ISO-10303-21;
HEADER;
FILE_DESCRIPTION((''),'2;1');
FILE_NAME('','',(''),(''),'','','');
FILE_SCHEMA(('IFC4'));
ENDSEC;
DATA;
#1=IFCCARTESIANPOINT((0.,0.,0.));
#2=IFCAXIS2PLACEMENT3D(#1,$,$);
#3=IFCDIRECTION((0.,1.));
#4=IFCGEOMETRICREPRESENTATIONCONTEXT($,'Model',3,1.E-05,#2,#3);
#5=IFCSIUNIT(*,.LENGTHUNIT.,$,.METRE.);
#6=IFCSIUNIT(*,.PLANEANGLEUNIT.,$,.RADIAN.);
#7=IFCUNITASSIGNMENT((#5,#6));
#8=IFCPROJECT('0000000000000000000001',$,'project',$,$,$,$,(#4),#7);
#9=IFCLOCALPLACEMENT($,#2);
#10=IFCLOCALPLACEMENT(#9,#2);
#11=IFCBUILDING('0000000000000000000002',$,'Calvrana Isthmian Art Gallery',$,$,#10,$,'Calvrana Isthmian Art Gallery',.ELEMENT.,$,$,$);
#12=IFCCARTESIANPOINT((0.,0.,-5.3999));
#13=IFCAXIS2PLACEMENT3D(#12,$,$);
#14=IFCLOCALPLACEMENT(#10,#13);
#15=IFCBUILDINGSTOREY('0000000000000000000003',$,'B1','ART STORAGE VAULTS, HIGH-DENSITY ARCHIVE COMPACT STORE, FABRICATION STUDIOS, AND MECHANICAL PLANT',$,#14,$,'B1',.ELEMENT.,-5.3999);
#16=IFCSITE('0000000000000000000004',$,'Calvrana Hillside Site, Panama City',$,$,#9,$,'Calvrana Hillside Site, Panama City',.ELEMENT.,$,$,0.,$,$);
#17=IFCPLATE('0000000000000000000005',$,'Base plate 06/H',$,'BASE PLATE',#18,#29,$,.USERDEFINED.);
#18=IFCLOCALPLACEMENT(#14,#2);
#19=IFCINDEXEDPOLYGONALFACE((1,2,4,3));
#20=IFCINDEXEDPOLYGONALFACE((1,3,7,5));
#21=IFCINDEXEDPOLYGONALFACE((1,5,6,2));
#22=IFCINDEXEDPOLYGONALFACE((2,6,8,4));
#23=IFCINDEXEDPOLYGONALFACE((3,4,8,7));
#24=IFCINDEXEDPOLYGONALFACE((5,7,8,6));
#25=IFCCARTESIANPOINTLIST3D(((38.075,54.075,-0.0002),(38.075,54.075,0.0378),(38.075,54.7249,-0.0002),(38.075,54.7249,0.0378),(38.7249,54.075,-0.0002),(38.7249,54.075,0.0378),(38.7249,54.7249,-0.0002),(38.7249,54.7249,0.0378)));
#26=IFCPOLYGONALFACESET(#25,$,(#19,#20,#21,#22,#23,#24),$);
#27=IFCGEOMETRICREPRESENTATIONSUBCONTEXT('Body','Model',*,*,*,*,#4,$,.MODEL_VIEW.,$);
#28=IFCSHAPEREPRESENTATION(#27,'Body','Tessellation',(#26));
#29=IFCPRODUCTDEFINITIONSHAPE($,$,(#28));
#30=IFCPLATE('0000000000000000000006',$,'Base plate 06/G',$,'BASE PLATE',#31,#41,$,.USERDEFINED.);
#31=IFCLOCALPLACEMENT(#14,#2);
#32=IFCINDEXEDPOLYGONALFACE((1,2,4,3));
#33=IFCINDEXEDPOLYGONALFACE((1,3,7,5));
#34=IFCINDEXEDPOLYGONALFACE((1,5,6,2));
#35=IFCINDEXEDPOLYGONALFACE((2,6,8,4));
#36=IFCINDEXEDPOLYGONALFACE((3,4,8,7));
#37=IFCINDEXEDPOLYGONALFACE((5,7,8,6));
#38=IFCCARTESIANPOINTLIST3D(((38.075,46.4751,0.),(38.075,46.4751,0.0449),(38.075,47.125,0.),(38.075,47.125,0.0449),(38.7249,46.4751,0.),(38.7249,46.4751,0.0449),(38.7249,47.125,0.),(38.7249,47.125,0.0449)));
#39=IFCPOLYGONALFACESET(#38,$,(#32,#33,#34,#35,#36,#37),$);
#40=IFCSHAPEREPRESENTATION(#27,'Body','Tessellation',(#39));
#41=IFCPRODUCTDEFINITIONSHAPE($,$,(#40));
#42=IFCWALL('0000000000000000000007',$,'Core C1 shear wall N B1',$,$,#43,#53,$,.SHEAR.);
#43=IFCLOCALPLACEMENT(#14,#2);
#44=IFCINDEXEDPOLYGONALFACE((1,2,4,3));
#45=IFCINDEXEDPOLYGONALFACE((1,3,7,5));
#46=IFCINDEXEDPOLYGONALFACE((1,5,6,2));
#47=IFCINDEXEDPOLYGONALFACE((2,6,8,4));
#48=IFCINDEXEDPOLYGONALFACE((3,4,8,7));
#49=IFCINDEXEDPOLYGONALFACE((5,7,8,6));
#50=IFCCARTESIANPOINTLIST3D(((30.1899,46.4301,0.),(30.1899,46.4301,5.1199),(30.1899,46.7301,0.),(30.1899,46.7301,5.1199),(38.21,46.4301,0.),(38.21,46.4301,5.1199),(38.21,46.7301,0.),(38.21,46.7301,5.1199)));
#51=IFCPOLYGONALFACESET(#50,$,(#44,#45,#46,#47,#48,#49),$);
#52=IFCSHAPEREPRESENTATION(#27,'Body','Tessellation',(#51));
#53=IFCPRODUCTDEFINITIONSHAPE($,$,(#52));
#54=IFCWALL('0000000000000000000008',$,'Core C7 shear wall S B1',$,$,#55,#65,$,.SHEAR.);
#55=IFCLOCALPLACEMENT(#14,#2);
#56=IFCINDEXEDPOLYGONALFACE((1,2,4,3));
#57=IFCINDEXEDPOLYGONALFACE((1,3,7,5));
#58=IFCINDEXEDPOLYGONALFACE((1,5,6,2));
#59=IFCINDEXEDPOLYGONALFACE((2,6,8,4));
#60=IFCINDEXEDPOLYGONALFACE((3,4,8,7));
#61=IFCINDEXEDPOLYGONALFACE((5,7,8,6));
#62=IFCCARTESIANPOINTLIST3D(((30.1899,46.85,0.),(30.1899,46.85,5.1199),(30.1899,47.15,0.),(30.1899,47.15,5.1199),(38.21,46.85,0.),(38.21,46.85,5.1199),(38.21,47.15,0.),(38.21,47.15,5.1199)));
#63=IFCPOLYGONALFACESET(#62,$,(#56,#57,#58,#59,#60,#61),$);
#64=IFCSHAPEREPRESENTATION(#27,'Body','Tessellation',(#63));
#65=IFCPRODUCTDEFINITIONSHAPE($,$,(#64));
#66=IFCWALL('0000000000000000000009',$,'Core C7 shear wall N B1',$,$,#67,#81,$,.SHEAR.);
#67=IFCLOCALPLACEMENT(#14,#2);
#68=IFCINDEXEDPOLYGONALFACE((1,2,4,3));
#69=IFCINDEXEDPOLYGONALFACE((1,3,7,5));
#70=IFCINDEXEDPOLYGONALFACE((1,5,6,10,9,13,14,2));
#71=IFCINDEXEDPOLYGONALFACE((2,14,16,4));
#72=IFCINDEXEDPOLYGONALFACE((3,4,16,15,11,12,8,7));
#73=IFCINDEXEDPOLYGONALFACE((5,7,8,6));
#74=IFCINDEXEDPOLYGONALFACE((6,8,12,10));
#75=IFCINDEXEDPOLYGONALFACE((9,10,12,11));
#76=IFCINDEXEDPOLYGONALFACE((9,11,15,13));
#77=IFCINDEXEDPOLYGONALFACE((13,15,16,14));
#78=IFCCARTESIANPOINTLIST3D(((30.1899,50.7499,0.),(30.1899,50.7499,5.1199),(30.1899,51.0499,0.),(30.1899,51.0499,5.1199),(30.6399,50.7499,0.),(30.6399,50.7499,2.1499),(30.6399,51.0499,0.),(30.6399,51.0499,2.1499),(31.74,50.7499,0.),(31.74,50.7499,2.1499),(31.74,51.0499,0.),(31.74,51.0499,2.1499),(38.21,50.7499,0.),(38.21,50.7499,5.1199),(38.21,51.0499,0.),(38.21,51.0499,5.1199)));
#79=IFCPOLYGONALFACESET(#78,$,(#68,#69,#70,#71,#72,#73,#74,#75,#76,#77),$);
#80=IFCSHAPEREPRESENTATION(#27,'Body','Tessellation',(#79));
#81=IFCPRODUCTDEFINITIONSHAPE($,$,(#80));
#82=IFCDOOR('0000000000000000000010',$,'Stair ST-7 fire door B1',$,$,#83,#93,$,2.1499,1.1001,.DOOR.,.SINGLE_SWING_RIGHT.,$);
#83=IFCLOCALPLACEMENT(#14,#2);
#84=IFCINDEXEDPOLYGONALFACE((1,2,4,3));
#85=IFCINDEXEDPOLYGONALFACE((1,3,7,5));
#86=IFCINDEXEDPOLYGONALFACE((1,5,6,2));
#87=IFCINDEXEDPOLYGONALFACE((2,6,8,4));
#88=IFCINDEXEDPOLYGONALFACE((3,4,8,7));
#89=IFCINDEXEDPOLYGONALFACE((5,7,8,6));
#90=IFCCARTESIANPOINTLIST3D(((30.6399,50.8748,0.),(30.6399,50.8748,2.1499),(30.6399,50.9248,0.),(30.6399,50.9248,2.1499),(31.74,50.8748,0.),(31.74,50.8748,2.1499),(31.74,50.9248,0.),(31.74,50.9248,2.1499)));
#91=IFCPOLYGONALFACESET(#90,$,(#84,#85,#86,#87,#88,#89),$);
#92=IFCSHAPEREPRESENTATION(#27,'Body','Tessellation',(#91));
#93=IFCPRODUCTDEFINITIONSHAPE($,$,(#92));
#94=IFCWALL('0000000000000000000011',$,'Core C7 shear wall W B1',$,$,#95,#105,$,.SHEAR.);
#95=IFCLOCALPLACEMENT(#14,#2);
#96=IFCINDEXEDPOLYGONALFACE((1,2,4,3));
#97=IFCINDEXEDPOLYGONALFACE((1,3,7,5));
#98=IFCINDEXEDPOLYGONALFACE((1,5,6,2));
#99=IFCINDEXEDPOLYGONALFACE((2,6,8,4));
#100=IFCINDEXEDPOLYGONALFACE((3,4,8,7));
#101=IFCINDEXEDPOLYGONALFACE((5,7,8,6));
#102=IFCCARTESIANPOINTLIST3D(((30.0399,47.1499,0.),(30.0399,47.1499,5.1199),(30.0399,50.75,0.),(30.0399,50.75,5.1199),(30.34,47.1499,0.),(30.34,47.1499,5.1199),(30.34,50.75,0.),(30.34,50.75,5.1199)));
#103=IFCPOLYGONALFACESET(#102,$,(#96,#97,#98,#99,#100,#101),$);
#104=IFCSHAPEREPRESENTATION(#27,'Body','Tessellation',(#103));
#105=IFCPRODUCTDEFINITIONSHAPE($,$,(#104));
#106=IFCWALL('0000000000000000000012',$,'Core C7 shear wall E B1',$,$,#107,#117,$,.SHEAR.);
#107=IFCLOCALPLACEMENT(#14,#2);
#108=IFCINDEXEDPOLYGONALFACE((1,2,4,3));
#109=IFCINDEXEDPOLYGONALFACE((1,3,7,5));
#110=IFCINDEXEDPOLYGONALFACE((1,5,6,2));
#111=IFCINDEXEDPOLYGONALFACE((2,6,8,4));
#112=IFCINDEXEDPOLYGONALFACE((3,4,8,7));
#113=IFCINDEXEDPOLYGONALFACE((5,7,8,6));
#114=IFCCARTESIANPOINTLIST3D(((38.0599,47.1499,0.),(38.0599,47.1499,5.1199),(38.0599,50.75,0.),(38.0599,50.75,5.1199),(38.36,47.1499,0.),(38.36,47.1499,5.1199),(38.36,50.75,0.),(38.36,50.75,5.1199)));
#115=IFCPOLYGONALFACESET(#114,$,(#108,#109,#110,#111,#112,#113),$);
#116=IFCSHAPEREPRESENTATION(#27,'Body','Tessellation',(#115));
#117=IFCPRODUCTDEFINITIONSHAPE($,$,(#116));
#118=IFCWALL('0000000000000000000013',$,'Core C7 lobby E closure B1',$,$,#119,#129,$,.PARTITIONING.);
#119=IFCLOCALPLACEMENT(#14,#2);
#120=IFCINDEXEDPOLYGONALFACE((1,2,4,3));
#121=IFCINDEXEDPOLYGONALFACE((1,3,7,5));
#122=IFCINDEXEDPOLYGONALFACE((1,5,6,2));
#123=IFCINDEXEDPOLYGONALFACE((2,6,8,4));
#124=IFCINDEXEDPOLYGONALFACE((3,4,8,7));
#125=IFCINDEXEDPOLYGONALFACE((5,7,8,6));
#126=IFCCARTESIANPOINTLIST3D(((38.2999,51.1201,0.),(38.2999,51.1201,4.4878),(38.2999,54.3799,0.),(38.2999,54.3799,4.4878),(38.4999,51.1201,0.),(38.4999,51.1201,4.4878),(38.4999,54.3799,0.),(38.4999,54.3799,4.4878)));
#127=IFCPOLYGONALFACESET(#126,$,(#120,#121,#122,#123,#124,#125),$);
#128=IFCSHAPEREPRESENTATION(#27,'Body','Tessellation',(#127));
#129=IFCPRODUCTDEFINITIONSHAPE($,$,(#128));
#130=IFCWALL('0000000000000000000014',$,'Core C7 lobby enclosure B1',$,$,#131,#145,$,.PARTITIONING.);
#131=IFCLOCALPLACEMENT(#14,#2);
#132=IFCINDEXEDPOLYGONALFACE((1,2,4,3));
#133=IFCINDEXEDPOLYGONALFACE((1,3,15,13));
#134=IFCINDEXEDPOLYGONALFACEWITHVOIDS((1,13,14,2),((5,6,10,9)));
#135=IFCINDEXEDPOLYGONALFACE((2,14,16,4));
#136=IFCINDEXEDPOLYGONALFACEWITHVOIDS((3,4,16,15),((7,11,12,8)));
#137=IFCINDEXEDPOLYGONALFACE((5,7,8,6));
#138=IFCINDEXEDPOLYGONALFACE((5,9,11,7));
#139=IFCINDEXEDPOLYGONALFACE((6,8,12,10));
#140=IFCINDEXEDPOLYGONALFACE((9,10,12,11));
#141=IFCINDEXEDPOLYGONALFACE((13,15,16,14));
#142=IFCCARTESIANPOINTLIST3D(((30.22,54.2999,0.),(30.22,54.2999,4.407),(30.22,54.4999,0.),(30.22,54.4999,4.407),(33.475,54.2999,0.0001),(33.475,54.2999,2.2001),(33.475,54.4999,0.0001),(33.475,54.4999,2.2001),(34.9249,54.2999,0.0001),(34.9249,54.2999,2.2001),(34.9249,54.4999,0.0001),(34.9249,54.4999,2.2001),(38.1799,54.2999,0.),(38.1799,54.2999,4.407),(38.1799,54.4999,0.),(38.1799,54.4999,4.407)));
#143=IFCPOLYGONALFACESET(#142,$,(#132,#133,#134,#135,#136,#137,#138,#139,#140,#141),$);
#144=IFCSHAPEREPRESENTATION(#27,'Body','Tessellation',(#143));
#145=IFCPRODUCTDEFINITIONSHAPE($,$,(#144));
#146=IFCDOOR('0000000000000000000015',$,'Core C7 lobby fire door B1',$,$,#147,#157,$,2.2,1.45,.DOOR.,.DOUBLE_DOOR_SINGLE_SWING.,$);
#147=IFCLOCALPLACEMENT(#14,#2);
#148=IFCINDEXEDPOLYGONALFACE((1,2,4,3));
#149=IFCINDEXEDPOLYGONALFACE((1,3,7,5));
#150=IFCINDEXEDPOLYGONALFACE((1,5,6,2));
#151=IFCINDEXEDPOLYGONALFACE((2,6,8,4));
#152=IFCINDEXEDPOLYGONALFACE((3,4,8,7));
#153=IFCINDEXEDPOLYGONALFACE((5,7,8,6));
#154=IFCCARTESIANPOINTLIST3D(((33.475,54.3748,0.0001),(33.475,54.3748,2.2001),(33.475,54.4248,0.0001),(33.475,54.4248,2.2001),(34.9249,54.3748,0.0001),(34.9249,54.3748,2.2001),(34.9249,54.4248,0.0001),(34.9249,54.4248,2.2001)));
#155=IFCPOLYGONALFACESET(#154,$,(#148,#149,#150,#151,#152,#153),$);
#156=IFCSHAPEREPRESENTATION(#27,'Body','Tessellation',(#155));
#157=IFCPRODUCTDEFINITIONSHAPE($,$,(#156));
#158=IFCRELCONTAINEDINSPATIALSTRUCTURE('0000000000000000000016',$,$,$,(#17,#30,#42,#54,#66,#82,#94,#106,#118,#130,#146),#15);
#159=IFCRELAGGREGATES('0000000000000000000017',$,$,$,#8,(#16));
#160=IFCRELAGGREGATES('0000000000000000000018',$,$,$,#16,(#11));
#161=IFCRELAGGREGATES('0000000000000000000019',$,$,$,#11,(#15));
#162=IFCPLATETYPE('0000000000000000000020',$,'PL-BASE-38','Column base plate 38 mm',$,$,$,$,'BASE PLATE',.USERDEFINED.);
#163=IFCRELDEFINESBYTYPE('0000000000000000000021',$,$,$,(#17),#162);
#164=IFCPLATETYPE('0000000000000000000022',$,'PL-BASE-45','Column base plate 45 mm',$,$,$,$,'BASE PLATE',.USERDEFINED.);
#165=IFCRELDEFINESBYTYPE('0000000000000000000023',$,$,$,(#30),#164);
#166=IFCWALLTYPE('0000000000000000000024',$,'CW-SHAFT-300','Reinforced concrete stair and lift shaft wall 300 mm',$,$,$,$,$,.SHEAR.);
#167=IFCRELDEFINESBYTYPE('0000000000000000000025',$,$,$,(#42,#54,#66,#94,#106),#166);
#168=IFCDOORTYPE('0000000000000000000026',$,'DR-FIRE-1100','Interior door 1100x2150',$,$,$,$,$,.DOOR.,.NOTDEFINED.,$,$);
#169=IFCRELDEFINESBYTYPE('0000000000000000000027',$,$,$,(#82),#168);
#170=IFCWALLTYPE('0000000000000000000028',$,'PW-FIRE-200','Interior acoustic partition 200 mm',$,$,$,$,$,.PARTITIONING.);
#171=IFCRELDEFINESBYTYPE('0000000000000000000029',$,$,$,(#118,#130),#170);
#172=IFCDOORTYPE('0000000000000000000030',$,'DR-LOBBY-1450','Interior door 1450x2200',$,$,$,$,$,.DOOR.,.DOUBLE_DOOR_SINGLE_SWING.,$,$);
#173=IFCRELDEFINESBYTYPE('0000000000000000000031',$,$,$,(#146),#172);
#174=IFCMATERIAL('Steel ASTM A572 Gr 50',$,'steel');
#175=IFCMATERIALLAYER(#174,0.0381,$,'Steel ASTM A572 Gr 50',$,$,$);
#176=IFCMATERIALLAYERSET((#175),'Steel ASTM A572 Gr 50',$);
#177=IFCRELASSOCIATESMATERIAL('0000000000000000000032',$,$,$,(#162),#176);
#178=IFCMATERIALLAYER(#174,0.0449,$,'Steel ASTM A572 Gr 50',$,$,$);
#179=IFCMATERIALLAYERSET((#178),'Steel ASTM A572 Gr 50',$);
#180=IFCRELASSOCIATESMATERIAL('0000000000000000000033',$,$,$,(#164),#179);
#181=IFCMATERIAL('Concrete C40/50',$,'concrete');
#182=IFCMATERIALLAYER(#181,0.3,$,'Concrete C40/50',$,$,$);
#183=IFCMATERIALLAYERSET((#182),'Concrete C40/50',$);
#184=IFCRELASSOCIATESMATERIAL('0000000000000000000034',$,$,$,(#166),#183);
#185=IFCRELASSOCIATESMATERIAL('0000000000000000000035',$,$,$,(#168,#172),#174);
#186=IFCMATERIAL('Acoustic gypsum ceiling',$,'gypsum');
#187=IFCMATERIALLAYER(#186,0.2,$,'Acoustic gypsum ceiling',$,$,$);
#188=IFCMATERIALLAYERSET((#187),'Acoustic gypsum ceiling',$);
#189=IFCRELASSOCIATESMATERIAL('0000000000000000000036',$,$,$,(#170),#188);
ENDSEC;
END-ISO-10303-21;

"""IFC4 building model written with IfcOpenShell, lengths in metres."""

from ifc_helpers import new_model, si_unit, direction, frame, frame_2d, origin, origin_2d, place, context, subcontext, project, spatial, rectangle, extrude, material, layer, layer_set, type_object, element, fill, save


model = new_model("IFC4")

# Units and contexts
model_context = context("Model", 3, precision=1e-05, world=origin(), true_north=direction((0.0, 1.0)))
body_context = subcontext(model_context, "Body", "Model", "MODEL_VIEW")
ifc_project = project(units=[si_unit("LENGTHUNIT", "METRE"), si_unit("PLANEANGLEUNIT", "RADIAN")], contexts=[model_context])

# Site, building, storey
site_placement = place(None, origin())
site = spatial("IfcSite", under=ifc_project, at=site_placement, Name="Calvrana Hillside Site, Panama City", LongName="Calvrana Hillside Site, Panama City", CompositionType="ELEMENT", RefElevation=0.0)
building_placement = place(site_placement, origin())
building = spatial("IfcBuilding", under=site, at=building_placement, Name="Calvrana Isthmian Art Gallery", LongName="Calvrana Isthmian Art Gallery", CompositionType="ELEMENT")
storey_placement = place(building_placement, frame((0.0, 0.0, -5.3999)))
storey = spatial("IfcBuildingStorey", under=building, at=storey_placement, Name="B1", Description="ART STORAGE VAULTS, HIGH-DENSITY ARCHIVE COMPACT STORE, FABRICATION STUDIOS, AND MECHANICAL PLANT", LongName="B1", CompositionType="ELEMENT", Elevation=-5.3999)

# Plates
ifc_material_1 = material(Name="Steel ASTM A572 Gr 50", Category="steel")
ifc_layer_1 = layer(ifc_material_1, 0.0381, Name="Steel ASTM A572 Gr 50")
ifc_layer_set_1 = layer_set([ifc_layer_1], Name="Steel ASTM A572 Gr 50")
plate_type_1 = type_object("IfcPlateType", Name="PL-BASE-38", Description="Column base plate 38 mm", ElementType="BASE PLATE", PredefinedType="USERDEFINED", material=ifc_layer_set_1)
plate_1_placement = place(storey_placement, frame((38.3999, 54.3999, -0.0002), z_axis=(0.0, 0.0, 1.0), x_axis=(1.0, 0.0, 0.0)))
element("IfcPlate", 1, at=plate_1_placement, inside=storey, type_object=plate_type_1, Name="Base plate 06/H", ObjectType="BASE PLATE", PredefinedType="USERDEFINED", context=body_context, shape_type="SweptSolid", body=[
    extrude(rectangle(XDim=0.6499, YDim=0.6499, at=origin_2d()), origin(), (0.0, 0.0, 1.0), 0.0381),
])
ifc_layer_2 = layer(ifc_material_1, 0.0449, Name="Steel ASTM A572 Gr 50")
ifc_layer_set_2 = layer_set([ifc_layer_2], Name="Steel ASTM A572 Gr 50")
plate_type_2 = type_object("IfcPlateType", Name="PL-BASE-45", Description="Column base plate 45 mm", ElementType="BASE PLATE", PredefinedType="USERDEFINED", material=ifc_layer_set_2)
plate_2_placement = place(storey_placement, frame((38.3999, 46.8, 0.0), z_axis=(0.0, 0.0, 1.0), x_axis=(1.0, 0.0, 0.0)))
element("IfcPlate", 2, at=plate_2_placement, inside=storey, type_object=plate_type_2, Name="Base plate 06/G", ObjectType="BASE PLATE", PredefinedType="USERDEFINED", context=body_context, shape_type="SweptSolid", body=[
    extrude(rectangle(XDim=0.6499, YDim=0.6499, at=origin_2d()), origin(), (0.0, 0.0, 1.0), 0.0449),
])

# Walls
ifc_material_2 = material(Name="Concrete C40/50", Category="concrete")
ifc_layer_3 = layer(ifc_material_2, 0.3, Name="Concrete C40/50")
ifc_layer_set_3 = layer_set([ifc_layer_3], Name="Concrete C40/50")
wall_type_1 = type_object("IfcWallType", Name="CW-SHAFT-300", Description="Reinforced concrete stair and lift shaft wall 300 mm", PredefinedType="SHEAR", material=ifc_layer_set_3)
for number, where, z_axis, x_axis, name in (
    (3, (30.1899, 46.5801, 0.0), (0.0, 0.0, 1.0), (1.0, 0.0, 0.0), "Core C1 shear wall N B1"),
    (4, (30.1899, 47.0, 0.0), (0.0, 0.0, 1.0), (1.0, 0.0, 0.0), "Core C7 shear wall S B1"),
):
    element("IfcWall", number, at=place(storey_placement, frame(where, z_axis=z_axis, x_axis=x_axis)), inside=storey, type_object=wall_type_1, Name=name, PredefinedType="SHEAR", context=body_context, shape_type="SweptSolid", body=[
        extrude(rectangle(XDim=8.02, YDim=0.3, at=frame_2d((4.01, 0.0))), origin(), (0.0, 0.0, 1.0), 5.1199),
    ])

# Wall, opening, door
wall_1_placement = place(storey_placement, frame((30.1899, 50.8999, 0.0), z_axis=(0.0, 0.0, 1.0), x_axis=(1.0, 0.0, 0.0)))
wall_1 = element("IfcWall", 5, at=wall_1_placement, inside=storey, type_object=wall_type_1, Name="Core C7 shear wall N B1", PredefinedType="SHEAR", context=body_context, shape_type="SweptSolid", body=[
    extrude(rectangle(XDim=8.02, YDim=0.3, at=frame_2d((4.01, 0.0))), origin(), (0.0, 0.0, 1.0), 5.1199),
])
opening_1_placement = place(wall_1_placement, frame((0.45, 0.0, 0.0)))
opening_1 = element("IfcOpeningElement", 6, at=opening_1_placement, cuts=wall_1, PredefinedType="OPENING", context=body_context, shape_type="SweptSolid", body=[
    extrude(rectangle(XDim=1.1001, YDim=2.1499, at=frame_2d((0.55, 1.075))), frame((0.0, 0.1602, 0.0), z_axis=(0.0, -1.0, 0.0), x_axis=(1.0, 0.0, 0.0)), (0.0, 0.0, 1.0), 0.3206),
])
door_type_1 = type_object("IfcDoorType", Name="DR-FIRE-1100", Description="Interior door 1100x2150", OperationType="NOTDEFINED", PredefinedType="DOOR", material=ifc_material_1)
door_1_placement = place(opening_1_placement, origin())
door_1 = element("IfcDoor", 7, at=door_1_placement, inside=storey, type_object=door_type_1, Name="Stair ST-7 fire door B1", OperationType="SINGLE_SWING_RIGHT", OverallHeight=2.1499, OverallWidth=1.1001, PredefinedType="DOOR", context=body_context, shape_type="SweptSolid", body=[
    extrude(rectangle(XDim=1.1001, YDim=2.1499, at=frame_2d((0.55, 1.075))), frame((0.0, 0.0249, 0.0), z_axis=(0.0, -1.0, 0.0), x_axis=(1.0, 0.0, 0.0)), (0.0, 0.0, 1.0), 0.05),
])
fill(opening_1, door_1)

# Walls
for number, where, z_axis, x_axis, name in (
    (8, (30.1899, 47.1499, 0.0), (0.0, 0.0, 1.0), (0.0, 1.0, 0.0), "Core C7 shear wall W B1"),
    (9, (38.21, 47.1499, 0.0), (0.0, 0.0, 1.0), (0.0, 1.0, 0.0), "Core C7 shear wall E B1"),
):
    element("IfcWall", number, at=place(storey_placement, frame(where, z_axis=z_axis, x_axis=x_axis)), inside=storey, type_object=wall_type_1, Name=name, PredefinedType="SHEAR", context=body_context, shape_type="SweptSolid", body=[
        extrude(rectangle(XDim=3.6001, YDim=0.3, at=frame_2d((1.8, 0.0))), origin(), (0.0, 0.0, 1.0), 5.1199),
    ])
ifc_material_3 = material(Name="Acoustic gypsum ceiling", Category="gypsum")
ifc_layer_4 = layer(ifc_material_3, 0.2, Name="Acoustic gypsum ceiling")
ifc_layer_set_4 = layer_set([ifc_layer_4], Name="Acoustic gypsum ceiling")
wall_type_2 = type_object("IfcWallType", Name="PW-FIRE-200", Description="Interior acoustic partition 200 mm", PredefinedType="PARTITIONING", material=ifc_layer_set_4)
wall_2_placement = place(storey_placement, frame((38.3999, 51.1201, 0.0), z_axis=(0.0, 0.0, 1.0), x_axis=(0.0, 1.0, 0.0)))
element("IfcWall", 10, at=wall_2_placement, inside=storey, type_object=wall_type_2, Name="Core C7 lobby E closure B1", PredefinedType="PARTITIONING", context=body_context, shape_type="SweptSolid", body=[
    extrude(rectangle(XDim=3.2598, YDim=0.2, at=frame_2d((1.6299, 0.0))), origin(), (0.0, 0.0, 1.0), 4.4878),
])

# Wall, opening, door
wall_3_placement = place(storey_placement, frame((30.22, 54.3999, 0.0), z_axis=(0.0, 0.0, 1.0), x_axis=(1.0, 0.0, 0.0)))
wall_3 = element("IfcWall", 11, at=wall_3_placement, inside=storey, type_object=wall_type_2, Name="Core C7 lobby enclosure B1", PredefinedType="PARTITIONING", context=body_context, shape_type="SweptSolid", body=[
    extrude(rectangle(XDim=7.96, YDim=0.2, at=frame_2d((3.98, 0.0))), origin(), (0.0, 0.0, 1.0), 4.407),
])
opening_2_placement = place(wall_3_placement, frame((3.2549, 0.0, 0.0)))
opening_2 = element("IfcOpeningElement", 12, at=opening_2_placement, cuts=wall_3, PredefinedType="OPENING", context=body_context, shape_type="SweptSolid", body=[
    extrude(rectangle(XDim=1.45, YDim=2.2, at=frame_2d((0.7251, 1.1001))), frame((0.0, 0.1104, 0.0), z_axis=(0.0, -1.0, 0.0), x_axis=(1.0, 0.0, 0.0)), (0.0, 0.0, 1.0), 0.2205),
])
door_type_2 = type_object("IfcDoorType", Name="DR-LOBBY-1450", Description="Interior door 1450x2200", OperationType="DOUBLE_DOOR_SINGLE_SWING", PredefinedType="DOOR", material=ifc_material_1)
door_2_placement = place(opening_2_placement, origin())
door_2 = element("IfcDoor", 13, at=door_2_placement, inside=storey, type_object=door_type_2, Name="Core C7 lobby fire door B1", OperationType="DOUBLE_DOOR_SINGLE_SWING", OverallHeight=2.2, OverallWidth=1.45, PredefinedType="DOOR", context=body_context, shape_type="SweptSolid", body=[
    extrude(rectangle(XDim=1.45, YDim=2.2, at=frame_2d((0.7251, 1.1001))), frame((0.0, 0.0249, 0.0), z_axis=(0.0, -1.0, 0.0), x_axis=(1.0, 0.0, 0.0)), (0.0, 0.0, 1.0), 0.05),
])
fill(opening_2, door_2)

save(model, "model.ifc")
